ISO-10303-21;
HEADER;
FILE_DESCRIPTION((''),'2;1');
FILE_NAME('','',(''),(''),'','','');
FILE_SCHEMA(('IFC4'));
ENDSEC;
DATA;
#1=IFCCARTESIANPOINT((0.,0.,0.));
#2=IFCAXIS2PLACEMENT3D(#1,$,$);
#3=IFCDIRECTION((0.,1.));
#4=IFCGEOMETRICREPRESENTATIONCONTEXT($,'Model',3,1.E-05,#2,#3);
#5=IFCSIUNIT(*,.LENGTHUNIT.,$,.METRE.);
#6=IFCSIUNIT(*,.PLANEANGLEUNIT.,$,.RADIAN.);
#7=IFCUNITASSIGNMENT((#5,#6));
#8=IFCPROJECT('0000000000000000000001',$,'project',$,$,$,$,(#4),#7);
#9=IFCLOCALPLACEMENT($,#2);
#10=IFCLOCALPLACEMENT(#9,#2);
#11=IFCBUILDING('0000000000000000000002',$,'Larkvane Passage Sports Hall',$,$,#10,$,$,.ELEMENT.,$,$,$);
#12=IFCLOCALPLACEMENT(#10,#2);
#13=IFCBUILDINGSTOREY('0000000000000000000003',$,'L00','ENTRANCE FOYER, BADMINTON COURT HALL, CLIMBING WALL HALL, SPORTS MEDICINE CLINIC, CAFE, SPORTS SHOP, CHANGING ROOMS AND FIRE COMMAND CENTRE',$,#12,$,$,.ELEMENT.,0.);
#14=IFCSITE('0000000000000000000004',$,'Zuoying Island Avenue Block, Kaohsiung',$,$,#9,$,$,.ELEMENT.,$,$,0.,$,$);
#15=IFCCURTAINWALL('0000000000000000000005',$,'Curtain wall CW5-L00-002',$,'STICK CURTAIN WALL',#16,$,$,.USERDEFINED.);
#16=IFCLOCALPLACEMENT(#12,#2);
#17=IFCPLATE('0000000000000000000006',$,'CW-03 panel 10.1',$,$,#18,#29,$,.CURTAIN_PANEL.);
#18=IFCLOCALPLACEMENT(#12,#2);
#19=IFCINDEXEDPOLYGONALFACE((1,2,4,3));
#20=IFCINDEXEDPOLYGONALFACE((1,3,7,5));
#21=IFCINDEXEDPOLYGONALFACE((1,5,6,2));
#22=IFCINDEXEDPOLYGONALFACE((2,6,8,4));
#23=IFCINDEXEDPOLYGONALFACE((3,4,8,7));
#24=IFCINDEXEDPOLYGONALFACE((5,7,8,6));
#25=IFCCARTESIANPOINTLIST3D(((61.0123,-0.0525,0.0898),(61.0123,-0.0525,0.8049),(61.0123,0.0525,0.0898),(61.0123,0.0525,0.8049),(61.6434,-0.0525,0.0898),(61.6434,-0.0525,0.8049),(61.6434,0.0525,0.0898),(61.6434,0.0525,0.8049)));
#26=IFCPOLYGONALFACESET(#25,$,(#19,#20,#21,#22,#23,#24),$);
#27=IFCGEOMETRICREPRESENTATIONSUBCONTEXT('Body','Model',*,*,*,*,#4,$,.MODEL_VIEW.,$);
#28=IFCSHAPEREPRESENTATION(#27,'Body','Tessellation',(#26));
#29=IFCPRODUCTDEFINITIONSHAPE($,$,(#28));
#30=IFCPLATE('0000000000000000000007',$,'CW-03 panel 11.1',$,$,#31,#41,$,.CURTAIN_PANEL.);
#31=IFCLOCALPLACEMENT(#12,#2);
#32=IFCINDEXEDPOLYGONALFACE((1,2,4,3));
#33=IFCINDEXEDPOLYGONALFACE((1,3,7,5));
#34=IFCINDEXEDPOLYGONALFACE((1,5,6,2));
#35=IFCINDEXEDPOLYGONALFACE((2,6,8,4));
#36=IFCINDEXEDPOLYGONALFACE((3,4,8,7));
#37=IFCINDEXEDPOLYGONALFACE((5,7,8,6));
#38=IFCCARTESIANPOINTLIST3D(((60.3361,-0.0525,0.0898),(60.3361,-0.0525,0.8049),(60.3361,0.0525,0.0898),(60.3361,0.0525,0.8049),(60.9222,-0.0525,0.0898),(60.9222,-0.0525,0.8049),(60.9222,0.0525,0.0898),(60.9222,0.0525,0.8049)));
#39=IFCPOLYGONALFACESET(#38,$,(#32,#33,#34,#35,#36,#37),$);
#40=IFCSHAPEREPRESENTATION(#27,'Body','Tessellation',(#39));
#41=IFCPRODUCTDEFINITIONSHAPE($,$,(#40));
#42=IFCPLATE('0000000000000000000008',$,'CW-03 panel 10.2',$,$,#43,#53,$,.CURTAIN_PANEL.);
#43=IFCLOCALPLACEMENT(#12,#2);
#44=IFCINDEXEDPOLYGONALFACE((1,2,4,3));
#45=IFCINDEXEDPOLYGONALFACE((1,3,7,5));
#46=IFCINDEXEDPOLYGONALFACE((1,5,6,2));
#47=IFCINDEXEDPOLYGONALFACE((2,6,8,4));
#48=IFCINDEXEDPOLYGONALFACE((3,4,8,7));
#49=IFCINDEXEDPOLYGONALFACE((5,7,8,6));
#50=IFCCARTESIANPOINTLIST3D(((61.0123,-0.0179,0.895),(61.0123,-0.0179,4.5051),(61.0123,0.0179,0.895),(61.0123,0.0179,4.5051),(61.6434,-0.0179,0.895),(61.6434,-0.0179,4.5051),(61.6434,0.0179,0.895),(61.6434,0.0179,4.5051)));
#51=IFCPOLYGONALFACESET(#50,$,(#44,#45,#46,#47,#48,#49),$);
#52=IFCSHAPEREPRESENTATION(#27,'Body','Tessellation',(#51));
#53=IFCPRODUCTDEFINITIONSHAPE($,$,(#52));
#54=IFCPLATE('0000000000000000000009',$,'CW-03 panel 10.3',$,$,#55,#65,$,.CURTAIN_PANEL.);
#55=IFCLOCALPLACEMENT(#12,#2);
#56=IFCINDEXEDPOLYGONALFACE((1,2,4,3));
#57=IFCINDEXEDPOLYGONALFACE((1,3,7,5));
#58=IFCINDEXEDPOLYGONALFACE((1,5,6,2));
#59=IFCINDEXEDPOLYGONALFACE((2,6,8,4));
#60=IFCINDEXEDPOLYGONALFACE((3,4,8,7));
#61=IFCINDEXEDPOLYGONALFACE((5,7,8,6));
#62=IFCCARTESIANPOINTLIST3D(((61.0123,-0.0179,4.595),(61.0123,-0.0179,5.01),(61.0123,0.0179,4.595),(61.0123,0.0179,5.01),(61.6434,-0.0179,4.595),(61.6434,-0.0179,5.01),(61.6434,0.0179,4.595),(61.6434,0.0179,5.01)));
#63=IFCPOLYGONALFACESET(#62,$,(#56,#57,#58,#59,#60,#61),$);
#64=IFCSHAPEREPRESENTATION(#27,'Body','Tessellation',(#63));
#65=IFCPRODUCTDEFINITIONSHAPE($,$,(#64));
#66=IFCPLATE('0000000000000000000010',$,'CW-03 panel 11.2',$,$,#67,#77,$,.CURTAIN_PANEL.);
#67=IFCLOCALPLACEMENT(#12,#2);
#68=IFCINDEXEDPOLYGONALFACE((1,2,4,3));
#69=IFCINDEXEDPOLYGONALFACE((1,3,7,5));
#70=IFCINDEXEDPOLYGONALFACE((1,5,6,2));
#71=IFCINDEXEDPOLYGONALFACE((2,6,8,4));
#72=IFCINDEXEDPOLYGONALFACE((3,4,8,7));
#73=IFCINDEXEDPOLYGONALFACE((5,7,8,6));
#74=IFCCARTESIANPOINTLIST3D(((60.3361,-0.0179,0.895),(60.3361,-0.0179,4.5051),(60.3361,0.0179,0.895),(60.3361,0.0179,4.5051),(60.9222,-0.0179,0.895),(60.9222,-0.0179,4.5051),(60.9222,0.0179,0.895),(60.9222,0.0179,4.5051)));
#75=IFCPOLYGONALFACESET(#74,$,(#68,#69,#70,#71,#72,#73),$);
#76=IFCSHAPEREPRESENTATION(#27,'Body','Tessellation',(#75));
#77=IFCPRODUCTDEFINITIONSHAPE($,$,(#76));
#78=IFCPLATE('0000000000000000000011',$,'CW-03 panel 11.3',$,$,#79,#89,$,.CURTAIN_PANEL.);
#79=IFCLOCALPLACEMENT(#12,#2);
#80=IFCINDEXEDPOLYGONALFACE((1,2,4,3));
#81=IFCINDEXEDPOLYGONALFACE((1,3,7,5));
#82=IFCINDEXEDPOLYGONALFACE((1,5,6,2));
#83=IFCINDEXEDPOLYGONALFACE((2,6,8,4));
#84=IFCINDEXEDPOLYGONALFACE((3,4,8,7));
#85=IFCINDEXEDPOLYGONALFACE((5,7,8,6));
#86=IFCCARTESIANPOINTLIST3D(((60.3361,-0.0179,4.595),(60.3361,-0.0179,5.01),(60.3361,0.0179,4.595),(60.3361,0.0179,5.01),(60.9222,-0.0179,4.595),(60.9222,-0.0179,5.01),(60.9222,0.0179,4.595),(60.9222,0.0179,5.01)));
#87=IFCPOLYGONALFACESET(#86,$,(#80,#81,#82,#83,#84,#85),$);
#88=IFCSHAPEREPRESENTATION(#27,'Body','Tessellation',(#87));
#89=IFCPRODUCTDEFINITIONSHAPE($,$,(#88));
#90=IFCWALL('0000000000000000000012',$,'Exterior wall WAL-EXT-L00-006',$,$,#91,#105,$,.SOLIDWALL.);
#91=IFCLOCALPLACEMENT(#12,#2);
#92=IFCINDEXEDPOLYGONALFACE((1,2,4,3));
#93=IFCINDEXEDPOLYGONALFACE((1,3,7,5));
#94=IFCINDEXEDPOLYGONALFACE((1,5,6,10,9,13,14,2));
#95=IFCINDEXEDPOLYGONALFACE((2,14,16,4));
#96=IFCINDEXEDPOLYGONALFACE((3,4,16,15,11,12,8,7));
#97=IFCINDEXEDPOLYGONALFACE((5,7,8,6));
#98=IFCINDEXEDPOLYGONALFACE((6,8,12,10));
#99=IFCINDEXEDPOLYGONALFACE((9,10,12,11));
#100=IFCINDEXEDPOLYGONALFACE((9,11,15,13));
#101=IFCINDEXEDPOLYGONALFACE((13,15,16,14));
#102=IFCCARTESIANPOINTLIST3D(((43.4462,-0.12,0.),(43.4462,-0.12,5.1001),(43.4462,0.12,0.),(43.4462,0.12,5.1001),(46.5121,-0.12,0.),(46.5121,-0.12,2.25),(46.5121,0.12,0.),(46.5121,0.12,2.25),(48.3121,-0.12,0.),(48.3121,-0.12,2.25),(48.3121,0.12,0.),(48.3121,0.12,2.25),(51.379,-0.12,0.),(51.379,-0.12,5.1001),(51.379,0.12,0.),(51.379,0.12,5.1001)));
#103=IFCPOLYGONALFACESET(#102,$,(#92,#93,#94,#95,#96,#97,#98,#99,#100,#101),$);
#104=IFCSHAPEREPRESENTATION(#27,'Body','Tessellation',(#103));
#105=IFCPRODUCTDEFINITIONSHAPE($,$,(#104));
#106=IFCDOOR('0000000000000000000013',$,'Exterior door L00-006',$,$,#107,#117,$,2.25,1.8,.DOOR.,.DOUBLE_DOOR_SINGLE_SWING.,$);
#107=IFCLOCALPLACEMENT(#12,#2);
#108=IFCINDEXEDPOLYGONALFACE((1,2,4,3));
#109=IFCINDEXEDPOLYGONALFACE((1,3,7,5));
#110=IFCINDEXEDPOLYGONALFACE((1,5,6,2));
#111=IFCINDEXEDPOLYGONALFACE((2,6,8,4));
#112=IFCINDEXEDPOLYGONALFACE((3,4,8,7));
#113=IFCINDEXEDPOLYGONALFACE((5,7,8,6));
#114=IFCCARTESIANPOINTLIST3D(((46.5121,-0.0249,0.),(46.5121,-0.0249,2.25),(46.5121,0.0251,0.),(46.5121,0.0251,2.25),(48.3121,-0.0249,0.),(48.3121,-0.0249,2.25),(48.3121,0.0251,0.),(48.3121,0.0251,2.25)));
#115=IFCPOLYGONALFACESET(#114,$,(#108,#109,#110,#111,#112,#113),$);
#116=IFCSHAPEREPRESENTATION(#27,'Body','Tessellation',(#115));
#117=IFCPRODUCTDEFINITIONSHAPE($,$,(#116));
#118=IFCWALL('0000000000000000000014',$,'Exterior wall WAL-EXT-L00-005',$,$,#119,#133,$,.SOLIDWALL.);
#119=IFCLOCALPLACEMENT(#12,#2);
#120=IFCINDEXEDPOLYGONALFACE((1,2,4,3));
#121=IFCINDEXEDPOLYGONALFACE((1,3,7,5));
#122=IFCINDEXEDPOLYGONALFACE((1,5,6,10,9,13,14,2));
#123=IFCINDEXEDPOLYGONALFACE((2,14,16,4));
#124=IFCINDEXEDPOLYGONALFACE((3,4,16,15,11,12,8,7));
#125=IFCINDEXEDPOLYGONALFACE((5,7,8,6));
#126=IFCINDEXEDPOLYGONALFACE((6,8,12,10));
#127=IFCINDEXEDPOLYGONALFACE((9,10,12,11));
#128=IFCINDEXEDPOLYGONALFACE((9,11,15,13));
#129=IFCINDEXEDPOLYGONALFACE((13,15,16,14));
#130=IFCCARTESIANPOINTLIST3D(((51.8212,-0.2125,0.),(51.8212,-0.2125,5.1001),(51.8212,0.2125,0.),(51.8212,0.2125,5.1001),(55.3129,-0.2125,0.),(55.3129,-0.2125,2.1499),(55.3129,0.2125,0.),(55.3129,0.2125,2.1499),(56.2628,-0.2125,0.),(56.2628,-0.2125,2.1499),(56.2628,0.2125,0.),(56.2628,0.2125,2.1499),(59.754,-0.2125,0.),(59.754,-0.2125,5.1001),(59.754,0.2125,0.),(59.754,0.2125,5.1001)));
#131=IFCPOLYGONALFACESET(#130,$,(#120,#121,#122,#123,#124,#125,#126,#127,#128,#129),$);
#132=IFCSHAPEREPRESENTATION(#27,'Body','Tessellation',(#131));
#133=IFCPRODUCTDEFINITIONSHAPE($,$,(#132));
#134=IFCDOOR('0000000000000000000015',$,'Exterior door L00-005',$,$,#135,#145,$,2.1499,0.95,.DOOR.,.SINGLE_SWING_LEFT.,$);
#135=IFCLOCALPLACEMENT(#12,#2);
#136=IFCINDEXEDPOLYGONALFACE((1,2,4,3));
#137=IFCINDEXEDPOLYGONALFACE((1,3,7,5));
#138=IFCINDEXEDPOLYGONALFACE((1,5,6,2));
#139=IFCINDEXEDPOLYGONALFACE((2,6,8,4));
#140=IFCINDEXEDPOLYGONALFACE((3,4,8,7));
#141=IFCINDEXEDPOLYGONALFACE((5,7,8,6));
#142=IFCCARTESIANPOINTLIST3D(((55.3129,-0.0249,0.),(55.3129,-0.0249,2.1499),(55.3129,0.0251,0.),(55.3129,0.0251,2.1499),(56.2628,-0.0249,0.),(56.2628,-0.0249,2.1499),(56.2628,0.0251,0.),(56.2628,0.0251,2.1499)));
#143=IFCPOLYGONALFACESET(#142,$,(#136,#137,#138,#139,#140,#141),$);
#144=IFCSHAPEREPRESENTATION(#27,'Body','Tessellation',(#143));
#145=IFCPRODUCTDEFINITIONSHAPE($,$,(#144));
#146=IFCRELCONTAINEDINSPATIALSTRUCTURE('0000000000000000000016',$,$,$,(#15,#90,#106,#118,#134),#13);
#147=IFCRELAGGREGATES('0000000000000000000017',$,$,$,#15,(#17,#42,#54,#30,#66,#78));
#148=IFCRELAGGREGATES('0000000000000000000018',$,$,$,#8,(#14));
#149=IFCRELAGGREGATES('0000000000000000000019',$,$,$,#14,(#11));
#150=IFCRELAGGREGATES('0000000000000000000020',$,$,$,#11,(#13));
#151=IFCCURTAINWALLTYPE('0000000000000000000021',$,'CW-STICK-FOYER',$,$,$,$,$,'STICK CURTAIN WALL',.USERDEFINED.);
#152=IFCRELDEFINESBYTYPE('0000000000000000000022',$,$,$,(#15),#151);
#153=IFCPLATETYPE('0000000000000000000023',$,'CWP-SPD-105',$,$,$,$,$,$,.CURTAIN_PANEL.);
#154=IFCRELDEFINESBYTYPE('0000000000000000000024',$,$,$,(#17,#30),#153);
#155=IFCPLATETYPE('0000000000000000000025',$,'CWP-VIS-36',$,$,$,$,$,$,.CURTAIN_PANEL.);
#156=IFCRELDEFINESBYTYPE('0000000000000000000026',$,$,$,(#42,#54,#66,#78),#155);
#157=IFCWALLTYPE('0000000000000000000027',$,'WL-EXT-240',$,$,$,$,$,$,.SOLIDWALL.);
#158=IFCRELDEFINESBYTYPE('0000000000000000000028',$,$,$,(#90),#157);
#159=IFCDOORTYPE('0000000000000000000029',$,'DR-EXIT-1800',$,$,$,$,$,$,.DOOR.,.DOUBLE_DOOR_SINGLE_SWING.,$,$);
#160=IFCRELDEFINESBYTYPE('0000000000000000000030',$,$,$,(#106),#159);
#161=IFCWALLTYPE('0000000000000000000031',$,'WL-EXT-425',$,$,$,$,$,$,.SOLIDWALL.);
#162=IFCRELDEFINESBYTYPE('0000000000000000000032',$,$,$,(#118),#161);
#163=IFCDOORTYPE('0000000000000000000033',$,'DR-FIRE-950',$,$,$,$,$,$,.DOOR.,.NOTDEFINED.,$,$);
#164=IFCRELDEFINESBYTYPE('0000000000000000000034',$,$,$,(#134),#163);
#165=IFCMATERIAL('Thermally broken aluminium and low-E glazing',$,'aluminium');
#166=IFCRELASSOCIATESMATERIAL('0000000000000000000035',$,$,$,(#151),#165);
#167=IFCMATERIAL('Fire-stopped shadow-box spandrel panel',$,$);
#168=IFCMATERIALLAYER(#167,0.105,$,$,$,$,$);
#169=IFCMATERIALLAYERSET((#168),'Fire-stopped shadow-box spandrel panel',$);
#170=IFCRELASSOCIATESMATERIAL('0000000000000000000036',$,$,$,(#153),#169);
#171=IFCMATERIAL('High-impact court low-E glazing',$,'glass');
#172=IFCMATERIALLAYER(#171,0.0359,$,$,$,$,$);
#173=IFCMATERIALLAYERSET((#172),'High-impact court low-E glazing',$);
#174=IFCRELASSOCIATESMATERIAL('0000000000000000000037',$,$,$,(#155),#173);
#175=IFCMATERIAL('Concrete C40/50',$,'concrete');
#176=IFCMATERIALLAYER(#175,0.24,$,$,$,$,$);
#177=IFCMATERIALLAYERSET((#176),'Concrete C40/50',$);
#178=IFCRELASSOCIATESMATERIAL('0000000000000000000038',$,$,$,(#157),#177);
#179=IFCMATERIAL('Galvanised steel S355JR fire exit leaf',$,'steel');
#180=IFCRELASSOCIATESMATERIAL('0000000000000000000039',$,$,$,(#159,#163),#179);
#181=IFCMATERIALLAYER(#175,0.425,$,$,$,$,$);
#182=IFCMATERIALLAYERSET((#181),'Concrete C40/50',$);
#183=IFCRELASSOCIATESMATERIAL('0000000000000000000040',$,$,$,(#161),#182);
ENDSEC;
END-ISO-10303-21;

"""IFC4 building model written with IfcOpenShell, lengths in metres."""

from ifc_helpers import new_model, si_unit, direction, frame, frame_2d, origin, origin_2d, place, context, subcontext, project, spatial, rectangle, extrude, material, layer, layer_set, type_object, element, fill, aggregate, save


model = new_model("IFC4")

# Units and contexts
model_context = context("Model", 3, precision=1e-05, world=origin(), true_north=direction((0.0, 1.0)))
body_context = subcontext(model_context, "Body", "Model", "MODEL_VIEW")
ifc_project = project(units=[si_unit("LENGTHUNIT", "METRE"), si_unit("PLANEANGLEUNIT", "RADIAN")], contexts=[model_context])

# Site, building, storey
site_placement = place(None, origin())
site = spatial("IfcSite", under=ifc_project, at=site_placement, Name="Zuoying Island Avenue Block, Kaohsiung", CompositionType="ELEMENT", RefElevation=0.0)
building_placement = place(site_placement, origin())
building = spatial("IfcBuilding", under=site, at=building_placement, Name="Larkvane Passage Sports Hall", CompositionType="ELEMENT")
storey_placement = place(building_placement, origin())
storey = spatial("IfcBuildingStorey", under=building, at=storey_placement, Name="L00", Description="ENTRANCE FOYER, BADMINTON COURT HALL, CLIMBING WALL HALL, SPORTS MEDICINE CLINIC, CAFE, SPORTS SHOP, CHANGING ROOMS AND FIRE COMMAND CENTRE", CompositionType="ELEMENT", Elevation=0.0)

# Shared definitions
ifc_material_1 = material(Name="Concrete C40/50", Category="concrete")

# Curtain wall, plates
ifc_material_2 = material(Name="Thermally broken aluminium and low-E glazing", Category="aluminium")
curtain_wall_type = type_object("IfcCurtainWallType", Name="CW-STICK-FOYER", ElementType="STICK CURTAIN WALL", PredefinedType="USERDEFINED", material=ifc_material_2)
curtain_wall_placement = place(storey_placement, origin())
curtain_wall = element("IfcCurtainWall", 1, at=curtain_wall_placement, inside=storey, type_object=curtain_wall_type, Name="Curtain wall CW5-L00-002", ObjectType="STICK CURTAIN WALL", PredefinedType="USERDEFINED")
ifc_material_3 = material(Name="Fire-stopped shadow-box spandrel panel")
ifc_layer_1 = layer(ifc_material_3, 0.105)
ifc_layer_set_1 = layer_set([ifc_layer_1], Name="Fire-stopped shadow-box spandrel panel")
plate_type_1 = type_object("IfcPlateType", Name="CWP-SPD-105", PredefinedType="CURTAIN_PANEL", material=ifc_layer_set_1)
plate_1_placement = place(storey_placement, frame((61.3279, 0.0, 0.0898), z_axis=(0.0, 0.0, 1.0), x_axis=(-1.0, 0.0, 0.0)))
plate_1 = element("IfcPlate", 2, at=plate_1_placement, type_object=plate_type_1, Name="CW-03 panel 10.1", PredefinedType="CURTAIN_PANEL", context=body_context, shape_type="SweptSolid", body=[
    extrude(rectangle(XDim=0.6311, YDim=0.105, at=origin_2d()), origin(), (0.0, 0.0, 1.0), 0.7151),
])
plate_2_placement = place(storey_placement, frame((60.6292, 0.0, 0.0898), z_axis=(0.0, 0.0, 1.0), x_axis=(-1.0, 0.0, 0.0)))
plate_2 = element("IfcPlate", 3, at=plate_2_placement, type_object=plate_type_1, Name="CW-03 panel 11.1", PredefinedType="CURTAIN_PANEL", context=body_context, shape_type="SweptSolid", body=[
    extrude(rectangle(XDim=0.5862, YDim=0.105, at=origin_2d()), origin(), (0.0, 0.0, 1.0), 0.7151),
])
ifc_material_4 = material(Name="High-impact court low-E glazing", Category="glass")
ifc_layer_2 = layer(ifc_material_4, 0.0359)
ifc_layer_set_2 = layer_set([ifc_layer_2], Name="High-impact court low-E glazing")
plate_type_2 = type_object("IfcPlateType", Name="CWP-VIS-36", PredefinedType="CURTAIN_PANEL", material=ifc_layer_set_2)
plate_3_placement = place(storey_placement, frame((61.3279, 0.0, 0.895), z_axis=(0.0, 0.0, 1.0), x_axis=(-1.0, 0.0, 0.0)))
plate_3 = element("IfcPlate", 4, at=plate_3_placement, type_object=plate_type_2, Name="CW-03 panel 10.2", PredefinedType="CURTAIN_PANEL", context=body_context, shape_type="SweptSolid", body=[
    extrude(rectangle(XDim=0.6311, YDim=0.0359, at=origin_2d()), origin(), (0.0, 0.0, 1.0), 3.6101),
])
plate_4_placement = place(storey_placement, frame((61.3279, 0.0, 4.595), z_axis=(0.0, 0.0, 1.0), x_axis=(-1.0, 0.0, 0.0)))
plate_4 = element("IfcPlate", 5, at=plate_4_placement, type_object=plate_type_2, Name="CW-03 panel 10.3", PredefinedType="CURTAIN_PANEL", context=body_context, shape_type="SweptSolid", body=[
    extrude(rectangle(XDim=0.6311, YDim=0.0359, at=origin_2d()), origin(), (0.0, 0.0, 1.0), 0.415),
])
plate_5_placement = place(storey_placement, frame((60.6292, 0.0, 0.895), z_axis=(0.0, 0.0, 1.0), x_axis=(-1.0, 0.0, 0.0)))
plate_5 = element("IfcPlate", 6, at=plate_5_placement, type_object=plate_type_2, Name="CW-03 panel 11.2", PredefinedType="CURTAIN_PANEL", context=body_context, shape_type="SweptSolid", body=[
    extrude(rectangle(XDim=0.5862, YDim=0.0359, at=origin_2d()), origin(), (0.0, 0.0, 1.0), 3.6101),
])
plate_6_placement = place(storey_placement, frame((60.6292, 0.0, 4.595), z_axis=(0.0, 0.0, 1.0), x_axis=(-1.0, 0.0, 0.0)))
plate_6 = element("IfcPlate", 7, at=plate_6_placement, type_object=plate_type_2, Name="CW-03 panel 11.3", PredefinedType="CURTAIN_PANEL", context=body_context, shape_type="SweptSolid", body=[
    extrude(rectangle(XDim=0.5862, YDim=0.0359, at=origin_2d()), origin(), (0.0, 0.0, 1.0), 0.415),
])
aggregate(curtain_wall, [plate_1, plate_3, plate_4, plate_2, plate_5, plate_6])

# Walls, openings, doors
ifc_layer_3 = layer(ifc_material_1, 0.24)
ifc_layer_set_3 = layer_set([ifc_layer_3], Name="Concrete C40/50")
wall_type_1 = type_object("IfcWallType", Name="WL-EXT-240", PredefinedType="SOLIDWALL", material=ifc_layer_set_3)
wall_1_placement = place(storey_placement, frame((51.3789, 0.0, 0.0), z_axis=(0.0, 0.0, 1.0), x_axis=(-1.0, 0.0, 0.0)))
wall_1 = element("IfcWall", 8, at=wall_1_placement, inside=storey, type_object=wall_type_1, Name="Exterior wall WAL-EXT-L00-006", PredefinedType="SOLIDWALL", context=body_context, shape_type="SweptSolid", body=[
    extrude(rectangle(XDim=7.9329, YDim=0.24, at=frame_2d((3.9663, 0.0))), origin(), (0.0, 0.0, 1.0), 5.1001),
])
opening_1_placement = place(wall_1_placement, frame((3.0669, 0.0, 0.0)))
opening_1 = element("IfcOpeningElement", 9, at=opening_1_placement, cuts=wall_1, PredefinedType="OPENING", context=body_context, shape_type="SweptSolid", body=[
    extrude(rectangle(XDim=1.8, YDim=2.25, at=frame_2d((0.8999, 1.125))), frame((0.0, 0.1299, 0.0), z_axis=(0.0, -1.0, 0.0), x_axis=(1.0, 0.0, 0.0)), (0.0, 0.0, 1.0), 0.26),
])
ifc_material_5 = material(Name="Galvanised steel S355JR fire exit leaf", Category="steel")
door_type_1 = type_object("IfcDoorType", Name="DR-EXIT-1800", OperationType="DOUBLE_DOOR_SINGLE_SWING", PredefinedType="DOOR", material=ifc_material_5)
door_1_placement = place(opening_1_placement, origin())
door_1 = element("IfcDoor", 10, at=door_1_placement, inside=storey, type_object=door_type_1, Name="Exterior door L00-006", OperationType="DOUBLE_DOOR_SINGLE_SWING", OverallHeight=2.25, OverallWidth=1.8, PredefinedType="DOOR", context=body_context, shape_type="SweptSolid", body=[
    extrude(rectangle(XDim=1.8, YDim=2.25, at=frame_2d((0.8999, 1.125))), frame((0.0, 0.0249, 0.0), z_axis=(0.0, -1.0, 0.0), x_axis=(1.0, 0.0, 0.0)), (0.0, 0.0, 1.0), 0.05),
])
fill(opening_1, door_1)
ifc_layer_4 = layer(ifc_material_1, 0.425)
ifc_layer_set_4 = layer_set([ifc_layer_4], Name="Concrete C40/50")
wall_type_2 = type_object("IfcWallType", Name="WL-EXT-425", PredefinedType="SOLIDWALL", material=ifc_layer_set_4)
wall_2_placement = place(storey_placement, frame((59.7539, 0.0, 0.0), z_axis=(0.0, 0.0, 1.0), x_axis=(-1.0, 0.0, 0.0)))
wall_2 = element("IfcWall", 11, at=wall_2_placement, inside=storey, type_object=wall_type_2, Name="Exterior wall WAL-EXT-L00-005", PredefinedType="SOLIDWALL", context=body_context, shape_type="SweptSolid", body=[
    extrude(rectangle(XDim=7.9329, YDim=0.425, at=frame_2d((3.9663, 0.0))), origin(), (0.0, 0.0, 1.0), 5.1001),
])
opening_2_placement = place(wall_2_placement, frame((3.491, 0.0, 0.0)))
opening_2 = element("IfcOpeningElement", 12, at=opening_2_placement, cuts=wall_2, PredefinedType="OPENING", context=body_context, shape_type="SweptSolid", body=[
    extrude(rectangle(XDim=0.95, YDim=2.1499, at=frame_2d((0.4751, 1.075))), frame((0.0, 0.2224, 0.0), z_axis=(0.0, -1.0, 0.0), x_axis=(1.0, 0.0, 0.0)), (0.0, 0.0, 1.0), 0.4451),
])
door_type_2 = type_object("IfcDoorType", Name="DR-FIRE-950", OperationType="NOTDEFINED", PredefinedType="DOOR", material=ifc_material_5)
door_2_placement = place(opening_2_placement, origin())
door_2 = element("IfcDoor", 13, at=door_2_placement, inside=storey, type_object=door_type_2, Name="Exterior door L00-005", OperationType="SINGLE_SWING_LEFT", OverallHeight=2.1499, OverallWidth=0.95, PredefinedType="DOOR", context=body_context, shape_type="SweptSolid", body=[
    extrude(rectangle(XDim=0.95, YDim=2.1499, at=frame_2d((0.4751, 1.075))), frame((0.0, 0.0249, 0.0), z_axis=(0.0, -1.0, 0.0), x_axis=(1.0, 0.0, 0.0)), (0.0, 0.0, 1.0), 0.05),
])
fill(opening_2, door_2)

save(model, "model.ifc")
